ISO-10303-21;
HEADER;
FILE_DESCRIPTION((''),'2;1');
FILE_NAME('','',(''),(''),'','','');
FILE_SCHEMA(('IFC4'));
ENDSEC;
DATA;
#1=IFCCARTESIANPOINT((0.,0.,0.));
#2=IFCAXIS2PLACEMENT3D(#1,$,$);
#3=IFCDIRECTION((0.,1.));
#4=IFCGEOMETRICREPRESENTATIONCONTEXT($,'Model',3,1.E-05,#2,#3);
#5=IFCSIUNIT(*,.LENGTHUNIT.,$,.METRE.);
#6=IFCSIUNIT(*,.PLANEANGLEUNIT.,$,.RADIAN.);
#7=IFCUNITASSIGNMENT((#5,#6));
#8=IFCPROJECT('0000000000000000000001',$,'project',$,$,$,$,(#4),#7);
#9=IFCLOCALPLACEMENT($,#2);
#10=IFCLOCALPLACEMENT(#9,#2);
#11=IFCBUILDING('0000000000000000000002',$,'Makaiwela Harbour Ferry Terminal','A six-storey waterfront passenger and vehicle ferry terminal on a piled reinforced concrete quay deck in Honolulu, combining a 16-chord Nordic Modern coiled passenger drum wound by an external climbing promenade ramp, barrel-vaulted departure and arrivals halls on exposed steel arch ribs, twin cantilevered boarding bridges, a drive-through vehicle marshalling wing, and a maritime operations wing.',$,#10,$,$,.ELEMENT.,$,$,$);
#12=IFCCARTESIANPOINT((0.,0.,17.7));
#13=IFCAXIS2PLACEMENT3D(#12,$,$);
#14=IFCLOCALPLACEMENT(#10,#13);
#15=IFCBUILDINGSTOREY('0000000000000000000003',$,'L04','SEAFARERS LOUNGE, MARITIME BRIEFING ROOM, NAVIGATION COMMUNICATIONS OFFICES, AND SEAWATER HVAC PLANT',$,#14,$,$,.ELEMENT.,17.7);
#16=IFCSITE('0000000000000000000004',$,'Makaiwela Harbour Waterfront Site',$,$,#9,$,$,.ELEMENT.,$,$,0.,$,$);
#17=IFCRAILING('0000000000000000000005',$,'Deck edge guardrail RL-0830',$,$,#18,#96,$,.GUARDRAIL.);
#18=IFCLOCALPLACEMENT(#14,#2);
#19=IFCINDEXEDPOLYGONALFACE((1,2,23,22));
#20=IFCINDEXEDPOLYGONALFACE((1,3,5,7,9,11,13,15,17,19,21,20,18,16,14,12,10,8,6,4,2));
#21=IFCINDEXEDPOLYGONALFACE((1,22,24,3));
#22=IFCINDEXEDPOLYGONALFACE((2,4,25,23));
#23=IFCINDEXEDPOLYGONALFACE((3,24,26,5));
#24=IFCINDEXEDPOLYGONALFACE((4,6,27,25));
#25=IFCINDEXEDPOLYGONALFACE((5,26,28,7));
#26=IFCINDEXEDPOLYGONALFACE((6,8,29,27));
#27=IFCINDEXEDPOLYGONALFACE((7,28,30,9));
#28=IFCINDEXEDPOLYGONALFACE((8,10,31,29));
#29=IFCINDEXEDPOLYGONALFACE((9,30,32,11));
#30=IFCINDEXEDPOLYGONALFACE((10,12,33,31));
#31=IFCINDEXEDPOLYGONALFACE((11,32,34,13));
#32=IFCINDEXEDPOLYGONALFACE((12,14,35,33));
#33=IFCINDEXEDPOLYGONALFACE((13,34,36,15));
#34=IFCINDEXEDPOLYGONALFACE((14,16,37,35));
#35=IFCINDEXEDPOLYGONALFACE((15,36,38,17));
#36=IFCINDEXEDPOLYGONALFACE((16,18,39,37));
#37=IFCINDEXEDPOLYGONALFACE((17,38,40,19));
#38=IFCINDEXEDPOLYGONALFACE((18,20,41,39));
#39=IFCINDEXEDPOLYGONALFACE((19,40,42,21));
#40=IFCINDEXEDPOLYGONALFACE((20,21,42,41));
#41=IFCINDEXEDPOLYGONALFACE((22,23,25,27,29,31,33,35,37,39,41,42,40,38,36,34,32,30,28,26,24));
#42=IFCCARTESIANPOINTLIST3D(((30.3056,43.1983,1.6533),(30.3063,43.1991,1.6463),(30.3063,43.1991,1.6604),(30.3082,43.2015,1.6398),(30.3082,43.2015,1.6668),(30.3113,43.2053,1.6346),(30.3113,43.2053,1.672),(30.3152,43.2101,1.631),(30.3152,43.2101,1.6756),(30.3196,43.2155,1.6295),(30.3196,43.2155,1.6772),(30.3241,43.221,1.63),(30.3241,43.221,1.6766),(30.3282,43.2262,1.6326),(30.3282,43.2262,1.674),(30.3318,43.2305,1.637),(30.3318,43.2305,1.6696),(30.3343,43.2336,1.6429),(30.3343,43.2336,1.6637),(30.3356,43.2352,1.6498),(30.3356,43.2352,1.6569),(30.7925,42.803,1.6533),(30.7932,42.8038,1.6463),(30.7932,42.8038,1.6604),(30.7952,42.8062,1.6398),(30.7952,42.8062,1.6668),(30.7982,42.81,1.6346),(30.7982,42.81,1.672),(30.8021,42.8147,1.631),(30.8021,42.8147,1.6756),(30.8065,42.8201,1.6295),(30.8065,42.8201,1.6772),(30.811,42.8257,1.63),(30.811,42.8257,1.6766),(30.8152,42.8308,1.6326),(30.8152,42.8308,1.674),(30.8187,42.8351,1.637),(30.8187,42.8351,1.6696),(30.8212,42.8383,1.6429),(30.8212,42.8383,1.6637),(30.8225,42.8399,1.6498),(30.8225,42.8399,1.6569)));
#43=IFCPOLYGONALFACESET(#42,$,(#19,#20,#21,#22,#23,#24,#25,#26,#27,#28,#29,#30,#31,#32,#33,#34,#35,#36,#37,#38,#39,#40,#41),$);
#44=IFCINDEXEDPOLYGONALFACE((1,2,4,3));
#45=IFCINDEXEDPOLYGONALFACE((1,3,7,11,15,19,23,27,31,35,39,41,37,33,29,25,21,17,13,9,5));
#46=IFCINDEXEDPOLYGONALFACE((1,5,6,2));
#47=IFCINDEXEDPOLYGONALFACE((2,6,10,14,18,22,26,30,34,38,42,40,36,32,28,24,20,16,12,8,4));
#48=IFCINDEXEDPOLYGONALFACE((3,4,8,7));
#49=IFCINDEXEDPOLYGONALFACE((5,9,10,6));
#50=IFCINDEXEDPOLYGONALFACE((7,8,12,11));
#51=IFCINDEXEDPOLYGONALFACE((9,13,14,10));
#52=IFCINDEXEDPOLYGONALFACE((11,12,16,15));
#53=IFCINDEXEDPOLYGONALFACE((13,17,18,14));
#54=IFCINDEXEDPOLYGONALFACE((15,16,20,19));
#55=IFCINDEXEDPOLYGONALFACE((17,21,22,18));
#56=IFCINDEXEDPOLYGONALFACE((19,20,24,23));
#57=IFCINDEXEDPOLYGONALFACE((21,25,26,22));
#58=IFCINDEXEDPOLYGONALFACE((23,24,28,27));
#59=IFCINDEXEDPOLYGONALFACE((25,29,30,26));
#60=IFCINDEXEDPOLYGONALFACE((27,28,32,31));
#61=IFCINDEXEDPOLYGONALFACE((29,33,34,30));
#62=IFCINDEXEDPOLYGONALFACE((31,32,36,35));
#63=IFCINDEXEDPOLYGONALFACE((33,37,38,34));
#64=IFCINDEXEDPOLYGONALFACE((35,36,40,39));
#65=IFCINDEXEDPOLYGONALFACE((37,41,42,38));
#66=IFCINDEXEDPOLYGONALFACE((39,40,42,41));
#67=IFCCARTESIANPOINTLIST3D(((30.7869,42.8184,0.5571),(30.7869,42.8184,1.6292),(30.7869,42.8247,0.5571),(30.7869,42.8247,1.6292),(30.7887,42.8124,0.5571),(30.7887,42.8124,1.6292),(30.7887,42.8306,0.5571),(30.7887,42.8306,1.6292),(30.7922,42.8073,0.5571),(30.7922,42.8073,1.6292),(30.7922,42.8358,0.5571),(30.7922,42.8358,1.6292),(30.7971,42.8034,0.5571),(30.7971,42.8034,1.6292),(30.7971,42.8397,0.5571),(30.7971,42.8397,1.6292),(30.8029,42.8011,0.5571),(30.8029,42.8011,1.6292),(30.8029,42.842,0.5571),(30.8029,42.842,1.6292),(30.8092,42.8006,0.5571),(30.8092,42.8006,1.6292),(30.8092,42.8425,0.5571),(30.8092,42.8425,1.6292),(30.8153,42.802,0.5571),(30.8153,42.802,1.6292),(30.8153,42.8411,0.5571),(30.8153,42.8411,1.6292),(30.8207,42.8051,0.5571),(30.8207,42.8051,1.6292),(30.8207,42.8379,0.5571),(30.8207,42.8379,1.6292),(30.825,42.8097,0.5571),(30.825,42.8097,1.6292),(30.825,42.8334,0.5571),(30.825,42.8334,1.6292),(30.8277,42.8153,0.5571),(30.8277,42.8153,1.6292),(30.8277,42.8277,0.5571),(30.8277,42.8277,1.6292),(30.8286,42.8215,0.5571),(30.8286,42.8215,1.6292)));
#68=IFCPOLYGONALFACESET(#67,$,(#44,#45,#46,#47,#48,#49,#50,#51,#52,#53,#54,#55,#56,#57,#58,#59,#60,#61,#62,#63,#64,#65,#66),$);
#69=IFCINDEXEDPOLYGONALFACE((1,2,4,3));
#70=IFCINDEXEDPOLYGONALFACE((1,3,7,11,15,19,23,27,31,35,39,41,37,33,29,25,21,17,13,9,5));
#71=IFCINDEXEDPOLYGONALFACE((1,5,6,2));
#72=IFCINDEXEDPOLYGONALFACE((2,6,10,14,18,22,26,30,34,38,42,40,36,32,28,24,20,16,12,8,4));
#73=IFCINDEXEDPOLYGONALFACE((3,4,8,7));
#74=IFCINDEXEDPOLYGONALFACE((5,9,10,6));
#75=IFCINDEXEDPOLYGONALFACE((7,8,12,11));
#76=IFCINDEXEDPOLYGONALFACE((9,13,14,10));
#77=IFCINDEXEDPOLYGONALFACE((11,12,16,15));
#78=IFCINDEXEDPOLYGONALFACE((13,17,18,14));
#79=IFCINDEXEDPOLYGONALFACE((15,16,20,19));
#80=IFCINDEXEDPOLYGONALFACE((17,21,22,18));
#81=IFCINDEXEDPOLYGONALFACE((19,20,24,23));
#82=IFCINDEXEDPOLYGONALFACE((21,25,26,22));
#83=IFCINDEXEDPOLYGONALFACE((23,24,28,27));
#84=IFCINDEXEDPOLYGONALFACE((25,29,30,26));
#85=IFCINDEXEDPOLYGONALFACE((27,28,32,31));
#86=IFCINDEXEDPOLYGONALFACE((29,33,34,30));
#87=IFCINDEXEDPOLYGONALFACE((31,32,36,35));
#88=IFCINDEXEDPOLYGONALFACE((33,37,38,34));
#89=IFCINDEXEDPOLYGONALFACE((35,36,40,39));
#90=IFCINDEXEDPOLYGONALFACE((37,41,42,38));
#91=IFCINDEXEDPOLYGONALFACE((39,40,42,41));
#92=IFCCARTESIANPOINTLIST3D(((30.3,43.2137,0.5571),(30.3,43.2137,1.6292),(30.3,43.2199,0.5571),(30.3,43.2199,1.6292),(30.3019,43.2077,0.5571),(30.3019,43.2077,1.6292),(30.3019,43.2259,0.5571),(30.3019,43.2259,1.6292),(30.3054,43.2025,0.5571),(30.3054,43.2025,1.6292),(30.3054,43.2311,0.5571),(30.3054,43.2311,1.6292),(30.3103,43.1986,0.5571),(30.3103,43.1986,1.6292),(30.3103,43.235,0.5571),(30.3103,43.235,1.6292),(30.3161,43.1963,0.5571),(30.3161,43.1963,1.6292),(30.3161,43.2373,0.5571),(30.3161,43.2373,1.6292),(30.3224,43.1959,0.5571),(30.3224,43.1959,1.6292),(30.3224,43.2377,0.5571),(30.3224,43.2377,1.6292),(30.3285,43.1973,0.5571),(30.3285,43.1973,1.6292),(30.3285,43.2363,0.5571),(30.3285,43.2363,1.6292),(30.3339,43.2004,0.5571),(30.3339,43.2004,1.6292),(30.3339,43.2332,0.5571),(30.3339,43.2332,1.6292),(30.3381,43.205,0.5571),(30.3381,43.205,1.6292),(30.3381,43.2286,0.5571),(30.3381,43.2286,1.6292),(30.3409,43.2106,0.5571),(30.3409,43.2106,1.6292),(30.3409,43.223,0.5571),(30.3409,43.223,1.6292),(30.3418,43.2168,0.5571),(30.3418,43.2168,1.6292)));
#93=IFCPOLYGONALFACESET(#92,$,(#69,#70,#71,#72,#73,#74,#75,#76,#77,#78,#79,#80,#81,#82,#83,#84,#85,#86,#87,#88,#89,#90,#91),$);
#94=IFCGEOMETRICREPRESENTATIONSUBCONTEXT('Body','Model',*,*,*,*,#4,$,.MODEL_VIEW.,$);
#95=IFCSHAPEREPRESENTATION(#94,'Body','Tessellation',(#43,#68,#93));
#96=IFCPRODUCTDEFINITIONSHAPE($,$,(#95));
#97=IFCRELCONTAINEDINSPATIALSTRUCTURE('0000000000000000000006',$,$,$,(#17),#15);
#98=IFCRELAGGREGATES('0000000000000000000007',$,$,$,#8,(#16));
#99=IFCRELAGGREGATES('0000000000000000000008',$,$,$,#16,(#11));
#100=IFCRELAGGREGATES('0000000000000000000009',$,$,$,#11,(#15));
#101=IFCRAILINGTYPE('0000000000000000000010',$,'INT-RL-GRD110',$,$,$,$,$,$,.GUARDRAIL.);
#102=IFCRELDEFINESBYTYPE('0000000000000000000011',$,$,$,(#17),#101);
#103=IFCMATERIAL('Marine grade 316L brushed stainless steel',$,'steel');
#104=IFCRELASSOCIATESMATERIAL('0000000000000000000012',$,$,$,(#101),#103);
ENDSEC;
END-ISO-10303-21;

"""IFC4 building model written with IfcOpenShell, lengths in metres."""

from ifc_helpers import new_model, si_unit, direction, frame, origin, origin_2d, place, context, subcontext, project, spatial, circle, extrude, material, type_object, element, save


model = new_model("IFC4")

# Units and contexts
model_context = context("Model", 3, precision=1e-05, world=origin(), true_north=direction((0.0, 1.0)))
body_context = subcontext(model_context, "Body", "Model", "MODEL_VIEW")
ifc_project = project(units=[si_unit("LENGTHUNIT", "METRE"), si_unit("PLANEANGLEUNIT", "RADIAN")], contexts=[model_context])

# Site, building, storey
site_placement = place(None, origin())
site = spatial("IfcSite", under=ifc_project, at=site_placement, Name="Makaiwela Harbour Waterfront Site", CompositionType="ELEMENT", RefElevation=0.0)
building_placement = place(site_placement, origin())
building = spatial("IfcBuilding", under=site, at=building_placement, Name="Makaiwela Harbour Ferry Terminal", Description="A six-storey waterfront passenger and vehicle ferry terminal on a piled reinforced concrete quay deck in Honolulu, combining a 16-chord Nordic Modern coiled passenger drum wound by an external climbing promenade ramp, barrel-vaulted departure and arrivals halls on exposed steel arch ribs, twin cantilevered boarding bridges, a drive-through vehicle marshalling wing, and a maritime operations wing.", CompositionType="ELEMENT")
storey_placement = place(building_placement, frame((0.0, 0.0, 17.7)))
storey = spatial("IfcBuildingStorey", under=building, at=storey_placement, Name="L04", Description="SEAFARERS LOUNGE, MARITIME BRIEFING ROOM, NAVIGATION COMMUNICATIONS OFFICES, AND SEAWATER HVAC PLANT", CompositionType="ELEMENT", Elevation=17.7)

# Railing
ifc_material_1 = material(Name="Marine grade 316L brushed stainless steel", Category="steel")
railing_type = type_object("IfcRailingType", Name="INT-RL-GRD110", PredefinedType="GUARDRAIL", material=ifc_material_1)
railing_1_placement = place(storey_placement, frame((30.8076, 42.8215, 0.5571)))
element("IfcRailing", 1, at=railing_1_placement, inside=storey, type_object=railing_type, Name="Deck edge guardrail RL-0830", PredefinedType="GUARDRAIL", context=body_context, shape_type="SweptSolid", body=[
    extrude(circle(Radius=0.0239, at=origin_2d()), frame((0.0, 0.0, 1.0962), z_axis=(-0.776328, 0.630329, 0.0), x_axis=(-0.630329, -0.776328, 0.0)), (0.0, 0.0, 1.0), 0.6272),
    extrude(circle(Radius=0.021, at=origin_2d()), origin(), (0.0, 0.0, 1.0), 1.072),
    extrude(circle(Radius=0.021, at=origin_2d()), frame((-0.4868, 0.3953, 0.0)), (0.0, 0.0, 1.0), 1.072),
])

save(model, "model.ifc")
